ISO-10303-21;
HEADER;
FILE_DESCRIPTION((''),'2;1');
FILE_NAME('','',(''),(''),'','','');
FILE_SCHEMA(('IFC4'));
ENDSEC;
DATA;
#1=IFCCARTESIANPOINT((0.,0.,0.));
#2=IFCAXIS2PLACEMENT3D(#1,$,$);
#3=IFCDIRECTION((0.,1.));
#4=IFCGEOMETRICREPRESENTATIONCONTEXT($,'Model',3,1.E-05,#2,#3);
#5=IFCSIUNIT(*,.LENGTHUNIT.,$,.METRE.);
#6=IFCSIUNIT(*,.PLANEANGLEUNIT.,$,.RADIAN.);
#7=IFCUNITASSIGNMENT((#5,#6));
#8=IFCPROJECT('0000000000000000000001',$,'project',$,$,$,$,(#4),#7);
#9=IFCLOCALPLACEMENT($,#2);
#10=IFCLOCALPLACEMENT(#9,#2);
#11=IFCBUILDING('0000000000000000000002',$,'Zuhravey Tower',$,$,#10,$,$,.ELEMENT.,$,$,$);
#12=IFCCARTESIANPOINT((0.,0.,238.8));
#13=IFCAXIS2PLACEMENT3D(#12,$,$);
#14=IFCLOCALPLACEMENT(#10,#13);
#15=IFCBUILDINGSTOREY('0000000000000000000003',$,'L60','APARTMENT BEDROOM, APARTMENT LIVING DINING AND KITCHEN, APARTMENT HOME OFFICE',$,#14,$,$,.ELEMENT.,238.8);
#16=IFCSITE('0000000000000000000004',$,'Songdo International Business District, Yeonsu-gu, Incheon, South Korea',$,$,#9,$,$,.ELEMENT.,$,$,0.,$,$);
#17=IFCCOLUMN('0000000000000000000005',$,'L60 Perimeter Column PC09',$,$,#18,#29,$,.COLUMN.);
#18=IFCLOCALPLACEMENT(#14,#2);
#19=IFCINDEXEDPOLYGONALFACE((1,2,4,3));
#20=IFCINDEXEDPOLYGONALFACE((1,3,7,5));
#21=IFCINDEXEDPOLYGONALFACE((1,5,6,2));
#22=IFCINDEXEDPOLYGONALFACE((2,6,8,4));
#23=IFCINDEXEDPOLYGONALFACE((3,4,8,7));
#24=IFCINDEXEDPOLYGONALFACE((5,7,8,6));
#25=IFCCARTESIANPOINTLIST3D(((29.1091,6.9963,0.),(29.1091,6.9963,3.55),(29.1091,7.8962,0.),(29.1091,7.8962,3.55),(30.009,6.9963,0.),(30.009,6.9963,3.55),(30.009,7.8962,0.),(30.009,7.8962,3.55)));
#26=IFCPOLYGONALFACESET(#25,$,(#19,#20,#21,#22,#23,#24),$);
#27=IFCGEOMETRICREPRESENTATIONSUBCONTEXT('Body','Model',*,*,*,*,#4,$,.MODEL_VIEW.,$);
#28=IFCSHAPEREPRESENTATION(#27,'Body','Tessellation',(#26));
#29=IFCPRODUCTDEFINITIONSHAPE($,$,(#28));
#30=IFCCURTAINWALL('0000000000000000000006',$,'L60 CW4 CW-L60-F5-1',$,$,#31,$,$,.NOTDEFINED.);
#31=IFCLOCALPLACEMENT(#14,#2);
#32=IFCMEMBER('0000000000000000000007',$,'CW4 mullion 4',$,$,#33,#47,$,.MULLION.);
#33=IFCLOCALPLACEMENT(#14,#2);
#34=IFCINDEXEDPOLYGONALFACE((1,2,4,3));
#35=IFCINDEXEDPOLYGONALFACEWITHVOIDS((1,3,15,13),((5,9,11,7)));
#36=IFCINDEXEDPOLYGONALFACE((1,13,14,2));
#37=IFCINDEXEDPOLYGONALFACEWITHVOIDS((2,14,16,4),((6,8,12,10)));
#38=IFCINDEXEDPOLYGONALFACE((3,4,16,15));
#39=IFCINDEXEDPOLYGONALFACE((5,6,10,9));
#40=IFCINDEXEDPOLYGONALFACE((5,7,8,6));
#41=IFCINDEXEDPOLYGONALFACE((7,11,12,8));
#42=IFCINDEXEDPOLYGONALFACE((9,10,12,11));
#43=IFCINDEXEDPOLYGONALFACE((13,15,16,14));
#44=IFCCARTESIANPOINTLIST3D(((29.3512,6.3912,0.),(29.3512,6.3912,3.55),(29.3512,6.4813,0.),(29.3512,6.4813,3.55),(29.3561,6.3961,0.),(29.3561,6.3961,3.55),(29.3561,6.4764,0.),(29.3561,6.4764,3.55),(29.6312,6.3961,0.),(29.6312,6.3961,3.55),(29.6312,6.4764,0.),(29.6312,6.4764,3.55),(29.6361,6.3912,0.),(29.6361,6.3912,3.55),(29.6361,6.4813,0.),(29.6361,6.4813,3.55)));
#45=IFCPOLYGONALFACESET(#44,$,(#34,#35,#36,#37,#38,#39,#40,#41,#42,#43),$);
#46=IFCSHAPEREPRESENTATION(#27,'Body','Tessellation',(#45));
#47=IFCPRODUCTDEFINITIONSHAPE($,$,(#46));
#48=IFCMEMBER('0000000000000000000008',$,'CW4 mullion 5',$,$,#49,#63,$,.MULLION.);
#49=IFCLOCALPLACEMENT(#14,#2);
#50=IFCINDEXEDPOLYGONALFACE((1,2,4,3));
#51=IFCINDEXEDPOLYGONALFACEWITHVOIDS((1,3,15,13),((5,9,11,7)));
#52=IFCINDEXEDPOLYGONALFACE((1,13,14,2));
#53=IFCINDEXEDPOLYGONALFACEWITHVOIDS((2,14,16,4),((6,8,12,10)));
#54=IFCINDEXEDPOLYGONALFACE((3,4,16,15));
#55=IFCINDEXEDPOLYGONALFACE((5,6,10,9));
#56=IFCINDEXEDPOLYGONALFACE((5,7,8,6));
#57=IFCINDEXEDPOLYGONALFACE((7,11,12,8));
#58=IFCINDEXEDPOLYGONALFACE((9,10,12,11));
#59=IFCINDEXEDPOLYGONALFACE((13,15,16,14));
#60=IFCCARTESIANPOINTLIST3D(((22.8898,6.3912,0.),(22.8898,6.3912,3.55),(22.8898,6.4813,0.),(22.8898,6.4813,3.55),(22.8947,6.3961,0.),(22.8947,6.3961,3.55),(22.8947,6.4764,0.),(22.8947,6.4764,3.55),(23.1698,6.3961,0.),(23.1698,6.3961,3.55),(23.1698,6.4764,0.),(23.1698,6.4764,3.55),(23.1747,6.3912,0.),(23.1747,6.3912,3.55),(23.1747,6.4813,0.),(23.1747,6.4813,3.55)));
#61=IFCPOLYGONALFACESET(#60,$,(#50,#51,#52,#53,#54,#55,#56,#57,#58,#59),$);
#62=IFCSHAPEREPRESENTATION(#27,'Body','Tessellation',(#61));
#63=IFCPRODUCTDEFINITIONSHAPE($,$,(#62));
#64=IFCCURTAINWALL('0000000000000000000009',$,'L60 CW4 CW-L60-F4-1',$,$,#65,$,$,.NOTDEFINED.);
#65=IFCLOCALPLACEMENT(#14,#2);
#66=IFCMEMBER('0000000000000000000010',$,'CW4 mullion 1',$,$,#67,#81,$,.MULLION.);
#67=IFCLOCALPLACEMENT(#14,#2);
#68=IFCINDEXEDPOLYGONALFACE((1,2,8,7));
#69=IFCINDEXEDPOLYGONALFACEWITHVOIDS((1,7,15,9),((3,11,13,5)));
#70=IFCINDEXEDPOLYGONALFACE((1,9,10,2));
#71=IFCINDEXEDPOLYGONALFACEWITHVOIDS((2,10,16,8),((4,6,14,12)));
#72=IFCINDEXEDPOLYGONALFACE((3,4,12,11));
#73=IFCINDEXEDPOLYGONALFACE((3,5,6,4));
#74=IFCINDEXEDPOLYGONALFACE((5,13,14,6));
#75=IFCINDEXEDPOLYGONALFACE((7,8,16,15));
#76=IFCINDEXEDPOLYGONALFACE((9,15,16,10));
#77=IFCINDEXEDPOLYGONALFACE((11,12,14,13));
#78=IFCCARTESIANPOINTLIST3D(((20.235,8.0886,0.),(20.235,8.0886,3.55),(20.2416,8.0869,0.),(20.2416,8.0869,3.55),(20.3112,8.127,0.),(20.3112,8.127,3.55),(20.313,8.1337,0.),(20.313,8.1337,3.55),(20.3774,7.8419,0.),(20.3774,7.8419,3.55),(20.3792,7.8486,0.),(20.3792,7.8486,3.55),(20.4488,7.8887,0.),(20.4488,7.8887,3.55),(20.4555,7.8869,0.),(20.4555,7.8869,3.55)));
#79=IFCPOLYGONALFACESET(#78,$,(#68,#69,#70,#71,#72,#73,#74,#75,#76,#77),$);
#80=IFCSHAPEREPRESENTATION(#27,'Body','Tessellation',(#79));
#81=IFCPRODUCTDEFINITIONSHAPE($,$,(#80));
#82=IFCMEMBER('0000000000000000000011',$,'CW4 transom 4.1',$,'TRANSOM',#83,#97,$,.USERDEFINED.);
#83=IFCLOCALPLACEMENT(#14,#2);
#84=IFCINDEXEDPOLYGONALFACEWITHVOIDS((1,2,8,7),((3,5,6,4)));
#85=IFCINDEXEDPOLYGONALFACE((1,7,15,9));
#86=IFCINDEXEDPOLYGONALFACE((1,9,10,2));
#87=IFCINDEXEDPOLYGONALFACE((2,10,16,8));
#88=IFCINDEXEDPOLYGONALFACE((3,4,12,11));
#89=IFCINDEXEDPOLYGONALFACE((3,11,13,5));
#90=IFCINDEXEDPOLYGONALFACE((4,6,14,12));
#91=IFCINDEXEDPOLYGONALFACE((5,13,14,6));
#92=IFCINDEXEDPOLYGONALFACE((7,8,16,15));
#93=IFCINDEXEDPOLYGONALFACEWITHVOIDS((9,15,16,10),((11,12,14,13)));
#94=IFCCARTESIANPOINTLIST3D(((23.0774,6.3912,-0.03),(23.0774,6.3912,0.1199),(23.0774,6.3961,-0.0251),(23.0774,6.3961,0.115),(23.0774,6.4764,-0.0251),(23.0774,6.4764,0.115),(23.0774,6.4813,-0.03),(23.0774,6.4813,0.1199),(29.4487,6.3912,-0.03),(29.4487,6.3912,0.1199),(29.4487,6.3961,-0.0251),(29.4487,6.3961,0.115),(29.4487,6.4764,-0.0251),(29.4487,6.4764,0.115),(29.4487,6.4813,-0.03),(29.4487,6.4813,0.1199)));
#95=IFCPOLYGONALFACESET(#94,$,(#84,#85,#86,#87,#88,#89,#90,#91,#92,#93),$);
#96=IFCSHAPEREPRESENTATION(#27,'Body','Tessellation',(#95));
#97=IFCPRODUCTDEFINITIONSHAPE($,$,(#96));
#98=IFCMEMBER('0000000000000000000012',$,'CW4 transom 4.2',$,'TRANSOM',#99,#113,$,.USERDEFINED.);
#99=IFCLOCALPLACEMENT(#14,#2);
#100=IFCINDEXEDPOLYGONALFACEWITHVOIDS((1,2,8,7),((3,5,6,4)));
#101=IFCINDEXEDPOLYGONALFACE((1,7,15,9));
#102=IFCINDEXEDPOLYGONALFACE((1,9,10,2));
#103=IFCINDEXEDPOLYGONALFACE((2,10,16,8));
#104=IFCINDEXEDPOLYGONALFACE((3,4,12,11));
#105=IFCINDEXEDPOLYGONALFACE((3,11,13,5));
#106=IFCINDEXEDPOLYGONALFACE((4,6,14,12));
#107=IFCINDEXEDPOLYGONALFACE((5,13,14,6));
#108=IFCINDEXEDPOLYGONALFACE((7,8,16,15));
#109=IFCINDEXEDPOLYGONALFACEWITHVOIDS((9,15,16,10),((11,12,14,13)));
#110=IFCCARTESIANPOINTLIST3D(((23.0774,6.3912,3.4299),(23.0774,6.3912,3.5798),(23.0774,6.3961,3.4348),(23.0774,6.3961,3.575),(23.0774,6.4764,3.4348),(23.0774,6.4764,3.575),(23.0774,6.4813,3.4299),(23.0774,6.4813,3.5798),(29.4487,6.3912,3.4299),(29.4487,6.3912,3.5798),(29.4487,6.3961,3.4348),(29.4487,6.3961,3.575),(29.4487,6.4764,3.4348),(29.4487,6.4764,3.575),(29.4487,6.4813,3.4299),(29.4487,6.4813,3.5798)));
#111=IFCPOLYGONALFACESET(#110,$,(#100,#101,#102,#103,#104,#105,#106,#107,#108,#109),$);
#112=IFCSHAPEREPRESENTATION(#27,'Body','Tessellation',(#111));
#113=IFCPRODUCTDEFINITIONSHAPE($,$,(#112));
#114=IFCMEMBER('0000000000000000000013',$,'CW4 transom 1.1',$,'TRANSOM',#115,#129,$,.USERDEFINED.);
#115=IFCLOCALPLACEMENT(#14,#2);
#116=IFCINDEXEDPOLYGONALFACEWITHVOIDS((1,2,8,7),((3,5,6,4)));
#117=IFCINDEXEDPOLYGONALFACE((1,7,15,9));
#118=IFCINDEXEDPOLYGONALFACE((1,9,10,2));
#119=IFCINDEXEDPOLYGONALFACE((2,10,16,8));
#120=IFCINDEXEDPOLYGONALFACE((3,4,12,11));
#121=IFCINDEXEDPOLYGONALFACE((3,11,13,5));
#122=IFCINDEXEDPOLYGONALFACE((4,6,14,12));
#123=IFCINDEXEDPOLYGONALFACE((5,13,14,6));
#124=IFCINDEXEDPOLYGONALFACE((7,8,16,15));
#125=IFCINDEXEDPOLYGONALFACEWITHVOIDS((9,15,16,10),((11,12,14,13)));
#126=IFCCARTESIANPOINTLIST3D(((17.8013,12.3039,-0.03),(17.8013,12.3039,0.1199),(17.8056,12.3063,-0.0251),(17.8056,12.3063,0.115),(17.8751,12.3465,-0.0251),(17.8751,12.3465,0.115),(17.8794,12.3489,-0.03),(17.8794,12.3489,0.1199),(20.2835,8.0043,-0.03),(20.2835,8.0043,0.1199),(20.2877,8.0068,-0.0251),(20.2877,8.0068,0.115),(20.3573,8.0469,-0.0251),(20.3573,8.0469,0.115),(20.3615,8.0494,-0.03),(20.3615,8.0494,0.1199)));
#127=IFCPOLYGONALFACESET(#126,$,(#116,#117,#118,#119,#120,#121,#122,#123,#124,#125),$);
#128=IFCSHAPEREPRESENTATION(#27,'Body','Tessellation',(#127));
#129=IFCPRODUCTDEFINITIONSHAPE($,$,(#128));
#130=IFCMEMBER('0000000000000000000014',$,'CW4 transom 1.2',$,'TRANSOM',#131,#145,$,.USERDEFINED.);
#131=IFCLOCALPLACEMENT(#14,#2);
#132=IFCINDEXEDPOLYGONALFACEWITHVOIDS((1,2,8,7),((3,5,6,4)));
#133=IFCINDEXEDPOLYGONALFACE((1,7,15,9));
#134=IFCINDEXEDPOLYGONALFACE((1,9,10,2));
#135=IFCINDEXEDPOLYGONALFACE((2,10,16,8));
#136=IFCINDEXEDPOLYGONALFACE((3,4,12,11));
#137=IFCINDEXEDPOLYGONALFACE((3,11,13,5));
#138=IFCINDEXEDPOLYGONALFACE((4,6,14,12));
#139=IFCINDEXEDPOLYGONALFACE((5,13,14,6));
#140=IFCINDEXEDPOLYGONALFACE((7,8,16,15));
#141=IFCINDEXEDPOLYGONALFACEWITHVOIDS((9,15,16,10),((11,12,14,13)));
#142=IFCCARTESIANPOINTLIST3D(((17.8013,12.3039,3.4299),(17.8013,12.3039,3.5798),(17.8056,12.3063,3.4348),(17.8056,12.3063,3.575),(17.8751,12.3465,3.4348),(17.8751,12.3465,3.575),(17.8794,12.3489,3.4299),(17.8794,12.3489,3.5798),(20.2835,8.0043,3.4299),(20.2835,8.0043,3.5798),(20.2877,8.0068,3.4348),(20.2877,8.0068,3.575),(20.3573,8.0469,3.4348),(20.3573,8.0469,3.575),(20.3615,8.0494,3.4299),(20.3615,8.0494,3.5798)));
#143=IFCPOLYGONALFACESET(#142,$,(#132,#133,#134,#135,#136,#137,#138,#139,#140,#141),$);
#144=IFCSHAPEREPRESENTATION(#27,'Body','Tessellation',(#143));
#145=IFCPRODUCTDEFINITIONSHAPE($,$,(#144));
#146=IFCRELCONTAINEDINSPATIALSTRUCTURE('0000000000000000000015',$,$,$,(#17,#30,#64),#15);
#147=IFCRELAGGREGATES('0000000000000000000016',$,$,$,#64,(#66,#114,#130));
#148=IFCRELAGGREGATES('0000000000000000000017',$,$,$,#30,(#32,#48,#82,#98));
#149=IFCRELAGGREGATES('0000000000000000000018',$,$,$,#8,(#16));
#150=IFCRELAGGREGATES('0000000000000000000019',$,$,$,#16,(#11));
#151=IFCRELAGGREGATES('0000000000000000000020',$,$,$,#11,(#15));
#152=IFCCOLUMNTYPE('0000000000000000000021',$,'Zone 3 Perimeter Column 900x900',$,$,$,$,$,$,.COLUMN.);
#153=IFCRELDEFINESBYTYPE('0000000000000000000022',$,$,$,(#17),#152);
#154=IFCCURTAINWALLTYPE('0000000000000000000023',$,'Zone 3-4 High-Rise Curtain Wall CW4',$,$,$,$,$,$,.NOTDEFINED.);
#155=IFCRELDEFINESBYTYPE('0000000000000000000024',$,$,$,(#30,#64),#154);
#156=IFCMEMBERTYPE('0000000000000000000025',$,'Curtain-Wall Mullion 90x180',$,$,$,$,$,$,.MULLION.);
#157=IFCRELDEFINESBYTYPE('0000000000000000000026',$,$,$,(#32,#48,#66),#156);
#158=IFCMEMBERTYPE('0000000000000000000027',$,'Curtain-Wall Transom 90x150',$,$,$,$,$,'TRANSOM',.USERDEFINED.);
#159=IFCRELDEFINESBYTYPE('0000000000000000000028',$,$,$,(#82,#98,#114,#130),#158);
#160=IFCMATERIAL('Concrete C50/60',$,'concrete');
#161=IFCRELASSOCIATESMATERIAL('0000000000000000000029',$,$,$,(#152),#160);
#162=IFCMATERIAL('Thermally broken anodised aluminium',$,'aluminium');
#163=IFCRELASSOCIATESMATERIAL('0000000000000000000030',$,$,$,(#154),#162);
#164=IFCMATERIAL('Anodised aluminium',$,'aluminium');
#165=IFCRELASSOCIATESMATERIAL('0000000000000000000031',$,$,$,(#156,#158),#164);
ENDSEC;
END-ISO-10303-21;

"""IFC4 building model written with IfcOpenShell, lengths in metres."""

from ifc_helpers import new_model, si_unit, direction, frame, origin, origin_2d, place, context, subcontext, project, spatial, rectangle, hollow_rectangle, extrude, material, material_profile, profile_set, type_object, element, aggregate, save


model = new_model("IFC4")

# Units and contexts
model_context = context("Model", 3, precision=1e-05, world=origin(), true_north=direction((0.0, 1.0)))
body_context = subcontext(model_context, "Body", "Model", "MODEL_VIEW")
ifc_project = project(units=[si_unit("LENGTHUNIT", "METRE"), si_unit("PLANEANGLEUNIT", "RADIAN")], contexts=[model_context])

# Site, building, storey
site_placement = place(None, origin())
site = spatial("IfcSite", under=ifc_project, at=site_placement, Name="Songdo International Business District, Yeonsu-gu, Incheon, South Korea", CompositionType="ELEMENT", RefElevation=0.0)
building_placement = place(site_placement, origin())
building = spatial("IfcBuilding", under=site, at=building_placement, Name="Zuhravey Tower", CompositionType="ELEMENT")
storey_placement = place(building_placement, frame((0.0, 0.0, 238.8)))
storey = spatial("IfcBuildingStorey", under=building, at=storey_placement, Name="L60", Description="APARTMENT BEDROOM, APARTMENT LIVING DINING AND KITCHEN, APARTMENT HOME OFFICE", CompositionType="ELEMENT", Elevation=238.8)

# Column
ifc_material_1 = material(Name="Concrete C50/60", Category="concrete")
ifc_material_profile_1 = material_profile(ifc_material_1, rectangle(XDim=0.8999, YDim=0.8999, at=origin_2d()), Name="RC-900x900")
ifc_profile_set_1 = profile_set([ifc_material_profile_1], Name="Concrete C50/60")
column_type = type_object("IfcColumnType", Name="Zone 3 Perimeter Column 900x900", PredefinedType="COLUMN", material=ifc_profile_set_1)
column_placement = place(storey_placement, frame((29.5591, 7.4463, 0.0), z_axis=(0.0, 0.0, 1.0), x_axis=(1.0, 0.0, 0.0)))
element("IfcColumn", 1, at=column_placement, inside=storey, type_object=column_type, Name="L60 Perimeter Column PC09", PredefinedType="COLUMN", context=body_context, shape_type="SweptSolid", body=[
    extrude(rectangle(XDim=0.8999, YDim=0.8999, at=origin_2d()), origin(), (0.0, 0.0, 1.0), 3.55),
])

# Curtain wall, members
ifc_material_2 = material(Name="Thermally broken anodised aluminium", Category="aluminium")
curtain_wall_type = type_object("IfcCurtainWallType", Name="Zone 3-4 High-Rise Curtain Wall CW4", PredefinedType="NOTDEFINED", material=ifc_material_2)
curtain_wall_1_placement = place(storey_placement, origin())
curtain_wall_1 = element("IfcCurtainWall", 2, at=curtain_wall_1_placement, inside=storey, type_object=curtain_wall_type, Name="L60 CW4 CW-L60-F5-1", PredefinedType="NOTDEFINED")
ifc_material_3 = material(Name="Anodised aluminium", Category="aluminium")
ifc_material_profile_2 = material_profile(ifc_material_3, hollow_rectangle(XDim=0.0901, YDim=0.2849, WallThickness=0.0049, at=origin_2d()), Name="ALU-RHS-90x285x5")
ifc_profile_set_2 = profile_set([ifc_material_profile_2], Name="Anodised aluminium")
member_type_1 = type_object("IfcMemberType", Name="Curtain-Wall Mullion 90x180", PredefinedType="MULLION", material=ifc_profile_set_2)
member_1_placement = place(storey_placement, frame((29.4937, 6.4363, 0.0), z_axis=(0.0, 0.0, 1.0), x_axis=(0.0, -1.0, 0.0)))
member_1 = element("IfcMember", 3, at=member_1_placement, type_object=member_type_1, Name="CW4 mullion 4", PredefinedType="MULLION", context=body_context, shape_type="SweptSolid", body=[
    extrude(hollow_rectangle(XDim=0.0901, YDim=0.2849, WallThickness=0.0049, at=origin_2d()), origin(), (0.0, 0.0, 1.0), 3.55),
])
member_2_placement = place(storey_placement, frame((23.0322, 6.4363, 0.0), z_axis=(0.0, 0.0, 1.0), x_axis=(0.0, -1.0, 0.0)))
member_2 = element("IfcMember", 4, at=member_2_placement, type_object=member_type_1, Name="CW4 mullion 5", PredefinedType="MULLION", context=body_context, shape_type="SweptSolid", body=[
    extrude(hollow_rectangle(XDim=0.0901, YDim=0.2849, WallThickness=0.0049, at=origin_2d()), origin(), (0.0, 0.0, 1.0), 3.55),
])

# Curtain wall, member
curtain_wall_2_placement = place(storey_placement, origin())
curtain_wall_2 = element("IfcCurtainWall", 5, at=curtain_wall_2_placement, inside=storey, type_object=curtain_wall_type, Name="L60 CW4 CW-L60-F4-1", PredefinedType="NOTDEFINED")
member_3_placement = place(storey_placement, frame((20.3452, 7.9878, 0.0), z_axis=(0.0, 0.0, 1.0), x_axis=(-0.866024, -0.500002, 0.0)))
member_3 = element("IfcMember", 6, at=member_3_placement, type_object=member_type_1, Name="CW4 mullion 1", PredefinedType="MULLION", context=body_context, shape_type="SweptSolid", body=[
    extrude(hollow_rectangle(XDim=0.0901, YDim=0.2849, WallThickness=0.0049, at=origin_2d()), origin(), (0.0, 0.0, 1.0), 3.55),
])

# Members
ifc_material_profile_3 = material_profile(ifc_material_3, hollow_rectangle(XDim=0.0901, YDim=0.1499, WallThickness=0.0049, at=origin_2d()), Name="ALU-RHS-90x150x5")
ifc_profile_set_3 = profile_set([ifc_material_profile_3], Name="Anodised aluminium")
member_type_2 = type_object("IfcMemberType", Name="Curtain-Wall Transom 90x150", ElementType="TRANSOM", PredefinedType="USERDEFINED", material=ifc_profile_set_3)
member_4_placement = place(storey_placement, frame((29.4487, 6.4363, 0.0449), z_axis=(-1.0, 0.0, 0.0), x_axis=(0.0, -1.0, 0.0)))
member_4 = element("IfcMember", 7, at=member_4_placement, type_object=member_type_2, Name="CW4 transom 4.1", ObjectType="TRANSOM", PredefinedType="USERDEFINED", context=body_context, shape_type="SweptSolid", body=[
    extrude(hollow_rectangle(XDim=0.0901, YDim=0.1499, WallThickness=0.0049, at=origin_2d()), origin(), (0.0, 0.0, 1.0), 6.3713),
])
member_5_placement = place(storey_placement, frame((29.4487, 6.4363, 3.5049), z_axis=(-1.0, 0.0, 0.0), x_axis=(0.0, -1.0, 0.0)))
member_5 = element("IfcMember", 8, at=member_5_placement, type_object=member_type_2, Name="CW4 transom 4.2", ObjectType="TRANSOM", PredefinedType="USERDEFINED", context=body_context, shape_type="SweptSolid", body=[
    extrude(hollow_rectangle(XDim=0.0901, YDim=0.1499, WallThickness=0.0049, at=origin_2d()), origin(), (0.0, 0.0, 1.0), 6.3713),
])
member_6_placement = place(storey_placement, frame((20.3225, 8.0269, 0.0449), z_axis=(-0.499974, 0.866041, 0.0), x_axis=(-0.866041, -0.499974, 0.0)))
member_6 = element("IfcMember", 9, at=member_6_placement, type_object=member_type_2, Name="CW4 transom 1.1", ObjectType="TRANSOM", PredefinedType="USERDEFINED", context=body_context, shape_type="SweptSolid", body=[
    extrude(hollow_rectangle(XDim=0.0901, YDim=0.1499, WallThickness=0.0049, at=origin_2d()), origin(), (0.0, 0.0, 1.0), 4.9646),
])
member_7_placement = place(storey_placement, frame((20.3225, 8.0269, 3.5049), z_axis=(-0.499974, 0.866041, 0.0), x_axis=(-0.866041, -0.499974, 0.0)))
member_7 = element("IfcMember", 10, at=member_7_placement, type_object=member_type_2, Name="CW4 transom 1.2", ObjectType="TRANSOM", PredefinedType="USERDEFINED", context=body_context, shape_type="SweptSolid", body=[
    extrude(hollow_rectangle(XDim=0.0901, YDim=0.1499, WallThickness=0.0049, at=origin_2d()), origin(), (0.0, 0.0, 1.0), 4.9646),
])
aggregate(curtain_wall_2, [member_3, member_6, member_7])

aggregate(curtain_wall_1, [member_1, member_2, member_4, member_5])

save(model, "model.ifc")
